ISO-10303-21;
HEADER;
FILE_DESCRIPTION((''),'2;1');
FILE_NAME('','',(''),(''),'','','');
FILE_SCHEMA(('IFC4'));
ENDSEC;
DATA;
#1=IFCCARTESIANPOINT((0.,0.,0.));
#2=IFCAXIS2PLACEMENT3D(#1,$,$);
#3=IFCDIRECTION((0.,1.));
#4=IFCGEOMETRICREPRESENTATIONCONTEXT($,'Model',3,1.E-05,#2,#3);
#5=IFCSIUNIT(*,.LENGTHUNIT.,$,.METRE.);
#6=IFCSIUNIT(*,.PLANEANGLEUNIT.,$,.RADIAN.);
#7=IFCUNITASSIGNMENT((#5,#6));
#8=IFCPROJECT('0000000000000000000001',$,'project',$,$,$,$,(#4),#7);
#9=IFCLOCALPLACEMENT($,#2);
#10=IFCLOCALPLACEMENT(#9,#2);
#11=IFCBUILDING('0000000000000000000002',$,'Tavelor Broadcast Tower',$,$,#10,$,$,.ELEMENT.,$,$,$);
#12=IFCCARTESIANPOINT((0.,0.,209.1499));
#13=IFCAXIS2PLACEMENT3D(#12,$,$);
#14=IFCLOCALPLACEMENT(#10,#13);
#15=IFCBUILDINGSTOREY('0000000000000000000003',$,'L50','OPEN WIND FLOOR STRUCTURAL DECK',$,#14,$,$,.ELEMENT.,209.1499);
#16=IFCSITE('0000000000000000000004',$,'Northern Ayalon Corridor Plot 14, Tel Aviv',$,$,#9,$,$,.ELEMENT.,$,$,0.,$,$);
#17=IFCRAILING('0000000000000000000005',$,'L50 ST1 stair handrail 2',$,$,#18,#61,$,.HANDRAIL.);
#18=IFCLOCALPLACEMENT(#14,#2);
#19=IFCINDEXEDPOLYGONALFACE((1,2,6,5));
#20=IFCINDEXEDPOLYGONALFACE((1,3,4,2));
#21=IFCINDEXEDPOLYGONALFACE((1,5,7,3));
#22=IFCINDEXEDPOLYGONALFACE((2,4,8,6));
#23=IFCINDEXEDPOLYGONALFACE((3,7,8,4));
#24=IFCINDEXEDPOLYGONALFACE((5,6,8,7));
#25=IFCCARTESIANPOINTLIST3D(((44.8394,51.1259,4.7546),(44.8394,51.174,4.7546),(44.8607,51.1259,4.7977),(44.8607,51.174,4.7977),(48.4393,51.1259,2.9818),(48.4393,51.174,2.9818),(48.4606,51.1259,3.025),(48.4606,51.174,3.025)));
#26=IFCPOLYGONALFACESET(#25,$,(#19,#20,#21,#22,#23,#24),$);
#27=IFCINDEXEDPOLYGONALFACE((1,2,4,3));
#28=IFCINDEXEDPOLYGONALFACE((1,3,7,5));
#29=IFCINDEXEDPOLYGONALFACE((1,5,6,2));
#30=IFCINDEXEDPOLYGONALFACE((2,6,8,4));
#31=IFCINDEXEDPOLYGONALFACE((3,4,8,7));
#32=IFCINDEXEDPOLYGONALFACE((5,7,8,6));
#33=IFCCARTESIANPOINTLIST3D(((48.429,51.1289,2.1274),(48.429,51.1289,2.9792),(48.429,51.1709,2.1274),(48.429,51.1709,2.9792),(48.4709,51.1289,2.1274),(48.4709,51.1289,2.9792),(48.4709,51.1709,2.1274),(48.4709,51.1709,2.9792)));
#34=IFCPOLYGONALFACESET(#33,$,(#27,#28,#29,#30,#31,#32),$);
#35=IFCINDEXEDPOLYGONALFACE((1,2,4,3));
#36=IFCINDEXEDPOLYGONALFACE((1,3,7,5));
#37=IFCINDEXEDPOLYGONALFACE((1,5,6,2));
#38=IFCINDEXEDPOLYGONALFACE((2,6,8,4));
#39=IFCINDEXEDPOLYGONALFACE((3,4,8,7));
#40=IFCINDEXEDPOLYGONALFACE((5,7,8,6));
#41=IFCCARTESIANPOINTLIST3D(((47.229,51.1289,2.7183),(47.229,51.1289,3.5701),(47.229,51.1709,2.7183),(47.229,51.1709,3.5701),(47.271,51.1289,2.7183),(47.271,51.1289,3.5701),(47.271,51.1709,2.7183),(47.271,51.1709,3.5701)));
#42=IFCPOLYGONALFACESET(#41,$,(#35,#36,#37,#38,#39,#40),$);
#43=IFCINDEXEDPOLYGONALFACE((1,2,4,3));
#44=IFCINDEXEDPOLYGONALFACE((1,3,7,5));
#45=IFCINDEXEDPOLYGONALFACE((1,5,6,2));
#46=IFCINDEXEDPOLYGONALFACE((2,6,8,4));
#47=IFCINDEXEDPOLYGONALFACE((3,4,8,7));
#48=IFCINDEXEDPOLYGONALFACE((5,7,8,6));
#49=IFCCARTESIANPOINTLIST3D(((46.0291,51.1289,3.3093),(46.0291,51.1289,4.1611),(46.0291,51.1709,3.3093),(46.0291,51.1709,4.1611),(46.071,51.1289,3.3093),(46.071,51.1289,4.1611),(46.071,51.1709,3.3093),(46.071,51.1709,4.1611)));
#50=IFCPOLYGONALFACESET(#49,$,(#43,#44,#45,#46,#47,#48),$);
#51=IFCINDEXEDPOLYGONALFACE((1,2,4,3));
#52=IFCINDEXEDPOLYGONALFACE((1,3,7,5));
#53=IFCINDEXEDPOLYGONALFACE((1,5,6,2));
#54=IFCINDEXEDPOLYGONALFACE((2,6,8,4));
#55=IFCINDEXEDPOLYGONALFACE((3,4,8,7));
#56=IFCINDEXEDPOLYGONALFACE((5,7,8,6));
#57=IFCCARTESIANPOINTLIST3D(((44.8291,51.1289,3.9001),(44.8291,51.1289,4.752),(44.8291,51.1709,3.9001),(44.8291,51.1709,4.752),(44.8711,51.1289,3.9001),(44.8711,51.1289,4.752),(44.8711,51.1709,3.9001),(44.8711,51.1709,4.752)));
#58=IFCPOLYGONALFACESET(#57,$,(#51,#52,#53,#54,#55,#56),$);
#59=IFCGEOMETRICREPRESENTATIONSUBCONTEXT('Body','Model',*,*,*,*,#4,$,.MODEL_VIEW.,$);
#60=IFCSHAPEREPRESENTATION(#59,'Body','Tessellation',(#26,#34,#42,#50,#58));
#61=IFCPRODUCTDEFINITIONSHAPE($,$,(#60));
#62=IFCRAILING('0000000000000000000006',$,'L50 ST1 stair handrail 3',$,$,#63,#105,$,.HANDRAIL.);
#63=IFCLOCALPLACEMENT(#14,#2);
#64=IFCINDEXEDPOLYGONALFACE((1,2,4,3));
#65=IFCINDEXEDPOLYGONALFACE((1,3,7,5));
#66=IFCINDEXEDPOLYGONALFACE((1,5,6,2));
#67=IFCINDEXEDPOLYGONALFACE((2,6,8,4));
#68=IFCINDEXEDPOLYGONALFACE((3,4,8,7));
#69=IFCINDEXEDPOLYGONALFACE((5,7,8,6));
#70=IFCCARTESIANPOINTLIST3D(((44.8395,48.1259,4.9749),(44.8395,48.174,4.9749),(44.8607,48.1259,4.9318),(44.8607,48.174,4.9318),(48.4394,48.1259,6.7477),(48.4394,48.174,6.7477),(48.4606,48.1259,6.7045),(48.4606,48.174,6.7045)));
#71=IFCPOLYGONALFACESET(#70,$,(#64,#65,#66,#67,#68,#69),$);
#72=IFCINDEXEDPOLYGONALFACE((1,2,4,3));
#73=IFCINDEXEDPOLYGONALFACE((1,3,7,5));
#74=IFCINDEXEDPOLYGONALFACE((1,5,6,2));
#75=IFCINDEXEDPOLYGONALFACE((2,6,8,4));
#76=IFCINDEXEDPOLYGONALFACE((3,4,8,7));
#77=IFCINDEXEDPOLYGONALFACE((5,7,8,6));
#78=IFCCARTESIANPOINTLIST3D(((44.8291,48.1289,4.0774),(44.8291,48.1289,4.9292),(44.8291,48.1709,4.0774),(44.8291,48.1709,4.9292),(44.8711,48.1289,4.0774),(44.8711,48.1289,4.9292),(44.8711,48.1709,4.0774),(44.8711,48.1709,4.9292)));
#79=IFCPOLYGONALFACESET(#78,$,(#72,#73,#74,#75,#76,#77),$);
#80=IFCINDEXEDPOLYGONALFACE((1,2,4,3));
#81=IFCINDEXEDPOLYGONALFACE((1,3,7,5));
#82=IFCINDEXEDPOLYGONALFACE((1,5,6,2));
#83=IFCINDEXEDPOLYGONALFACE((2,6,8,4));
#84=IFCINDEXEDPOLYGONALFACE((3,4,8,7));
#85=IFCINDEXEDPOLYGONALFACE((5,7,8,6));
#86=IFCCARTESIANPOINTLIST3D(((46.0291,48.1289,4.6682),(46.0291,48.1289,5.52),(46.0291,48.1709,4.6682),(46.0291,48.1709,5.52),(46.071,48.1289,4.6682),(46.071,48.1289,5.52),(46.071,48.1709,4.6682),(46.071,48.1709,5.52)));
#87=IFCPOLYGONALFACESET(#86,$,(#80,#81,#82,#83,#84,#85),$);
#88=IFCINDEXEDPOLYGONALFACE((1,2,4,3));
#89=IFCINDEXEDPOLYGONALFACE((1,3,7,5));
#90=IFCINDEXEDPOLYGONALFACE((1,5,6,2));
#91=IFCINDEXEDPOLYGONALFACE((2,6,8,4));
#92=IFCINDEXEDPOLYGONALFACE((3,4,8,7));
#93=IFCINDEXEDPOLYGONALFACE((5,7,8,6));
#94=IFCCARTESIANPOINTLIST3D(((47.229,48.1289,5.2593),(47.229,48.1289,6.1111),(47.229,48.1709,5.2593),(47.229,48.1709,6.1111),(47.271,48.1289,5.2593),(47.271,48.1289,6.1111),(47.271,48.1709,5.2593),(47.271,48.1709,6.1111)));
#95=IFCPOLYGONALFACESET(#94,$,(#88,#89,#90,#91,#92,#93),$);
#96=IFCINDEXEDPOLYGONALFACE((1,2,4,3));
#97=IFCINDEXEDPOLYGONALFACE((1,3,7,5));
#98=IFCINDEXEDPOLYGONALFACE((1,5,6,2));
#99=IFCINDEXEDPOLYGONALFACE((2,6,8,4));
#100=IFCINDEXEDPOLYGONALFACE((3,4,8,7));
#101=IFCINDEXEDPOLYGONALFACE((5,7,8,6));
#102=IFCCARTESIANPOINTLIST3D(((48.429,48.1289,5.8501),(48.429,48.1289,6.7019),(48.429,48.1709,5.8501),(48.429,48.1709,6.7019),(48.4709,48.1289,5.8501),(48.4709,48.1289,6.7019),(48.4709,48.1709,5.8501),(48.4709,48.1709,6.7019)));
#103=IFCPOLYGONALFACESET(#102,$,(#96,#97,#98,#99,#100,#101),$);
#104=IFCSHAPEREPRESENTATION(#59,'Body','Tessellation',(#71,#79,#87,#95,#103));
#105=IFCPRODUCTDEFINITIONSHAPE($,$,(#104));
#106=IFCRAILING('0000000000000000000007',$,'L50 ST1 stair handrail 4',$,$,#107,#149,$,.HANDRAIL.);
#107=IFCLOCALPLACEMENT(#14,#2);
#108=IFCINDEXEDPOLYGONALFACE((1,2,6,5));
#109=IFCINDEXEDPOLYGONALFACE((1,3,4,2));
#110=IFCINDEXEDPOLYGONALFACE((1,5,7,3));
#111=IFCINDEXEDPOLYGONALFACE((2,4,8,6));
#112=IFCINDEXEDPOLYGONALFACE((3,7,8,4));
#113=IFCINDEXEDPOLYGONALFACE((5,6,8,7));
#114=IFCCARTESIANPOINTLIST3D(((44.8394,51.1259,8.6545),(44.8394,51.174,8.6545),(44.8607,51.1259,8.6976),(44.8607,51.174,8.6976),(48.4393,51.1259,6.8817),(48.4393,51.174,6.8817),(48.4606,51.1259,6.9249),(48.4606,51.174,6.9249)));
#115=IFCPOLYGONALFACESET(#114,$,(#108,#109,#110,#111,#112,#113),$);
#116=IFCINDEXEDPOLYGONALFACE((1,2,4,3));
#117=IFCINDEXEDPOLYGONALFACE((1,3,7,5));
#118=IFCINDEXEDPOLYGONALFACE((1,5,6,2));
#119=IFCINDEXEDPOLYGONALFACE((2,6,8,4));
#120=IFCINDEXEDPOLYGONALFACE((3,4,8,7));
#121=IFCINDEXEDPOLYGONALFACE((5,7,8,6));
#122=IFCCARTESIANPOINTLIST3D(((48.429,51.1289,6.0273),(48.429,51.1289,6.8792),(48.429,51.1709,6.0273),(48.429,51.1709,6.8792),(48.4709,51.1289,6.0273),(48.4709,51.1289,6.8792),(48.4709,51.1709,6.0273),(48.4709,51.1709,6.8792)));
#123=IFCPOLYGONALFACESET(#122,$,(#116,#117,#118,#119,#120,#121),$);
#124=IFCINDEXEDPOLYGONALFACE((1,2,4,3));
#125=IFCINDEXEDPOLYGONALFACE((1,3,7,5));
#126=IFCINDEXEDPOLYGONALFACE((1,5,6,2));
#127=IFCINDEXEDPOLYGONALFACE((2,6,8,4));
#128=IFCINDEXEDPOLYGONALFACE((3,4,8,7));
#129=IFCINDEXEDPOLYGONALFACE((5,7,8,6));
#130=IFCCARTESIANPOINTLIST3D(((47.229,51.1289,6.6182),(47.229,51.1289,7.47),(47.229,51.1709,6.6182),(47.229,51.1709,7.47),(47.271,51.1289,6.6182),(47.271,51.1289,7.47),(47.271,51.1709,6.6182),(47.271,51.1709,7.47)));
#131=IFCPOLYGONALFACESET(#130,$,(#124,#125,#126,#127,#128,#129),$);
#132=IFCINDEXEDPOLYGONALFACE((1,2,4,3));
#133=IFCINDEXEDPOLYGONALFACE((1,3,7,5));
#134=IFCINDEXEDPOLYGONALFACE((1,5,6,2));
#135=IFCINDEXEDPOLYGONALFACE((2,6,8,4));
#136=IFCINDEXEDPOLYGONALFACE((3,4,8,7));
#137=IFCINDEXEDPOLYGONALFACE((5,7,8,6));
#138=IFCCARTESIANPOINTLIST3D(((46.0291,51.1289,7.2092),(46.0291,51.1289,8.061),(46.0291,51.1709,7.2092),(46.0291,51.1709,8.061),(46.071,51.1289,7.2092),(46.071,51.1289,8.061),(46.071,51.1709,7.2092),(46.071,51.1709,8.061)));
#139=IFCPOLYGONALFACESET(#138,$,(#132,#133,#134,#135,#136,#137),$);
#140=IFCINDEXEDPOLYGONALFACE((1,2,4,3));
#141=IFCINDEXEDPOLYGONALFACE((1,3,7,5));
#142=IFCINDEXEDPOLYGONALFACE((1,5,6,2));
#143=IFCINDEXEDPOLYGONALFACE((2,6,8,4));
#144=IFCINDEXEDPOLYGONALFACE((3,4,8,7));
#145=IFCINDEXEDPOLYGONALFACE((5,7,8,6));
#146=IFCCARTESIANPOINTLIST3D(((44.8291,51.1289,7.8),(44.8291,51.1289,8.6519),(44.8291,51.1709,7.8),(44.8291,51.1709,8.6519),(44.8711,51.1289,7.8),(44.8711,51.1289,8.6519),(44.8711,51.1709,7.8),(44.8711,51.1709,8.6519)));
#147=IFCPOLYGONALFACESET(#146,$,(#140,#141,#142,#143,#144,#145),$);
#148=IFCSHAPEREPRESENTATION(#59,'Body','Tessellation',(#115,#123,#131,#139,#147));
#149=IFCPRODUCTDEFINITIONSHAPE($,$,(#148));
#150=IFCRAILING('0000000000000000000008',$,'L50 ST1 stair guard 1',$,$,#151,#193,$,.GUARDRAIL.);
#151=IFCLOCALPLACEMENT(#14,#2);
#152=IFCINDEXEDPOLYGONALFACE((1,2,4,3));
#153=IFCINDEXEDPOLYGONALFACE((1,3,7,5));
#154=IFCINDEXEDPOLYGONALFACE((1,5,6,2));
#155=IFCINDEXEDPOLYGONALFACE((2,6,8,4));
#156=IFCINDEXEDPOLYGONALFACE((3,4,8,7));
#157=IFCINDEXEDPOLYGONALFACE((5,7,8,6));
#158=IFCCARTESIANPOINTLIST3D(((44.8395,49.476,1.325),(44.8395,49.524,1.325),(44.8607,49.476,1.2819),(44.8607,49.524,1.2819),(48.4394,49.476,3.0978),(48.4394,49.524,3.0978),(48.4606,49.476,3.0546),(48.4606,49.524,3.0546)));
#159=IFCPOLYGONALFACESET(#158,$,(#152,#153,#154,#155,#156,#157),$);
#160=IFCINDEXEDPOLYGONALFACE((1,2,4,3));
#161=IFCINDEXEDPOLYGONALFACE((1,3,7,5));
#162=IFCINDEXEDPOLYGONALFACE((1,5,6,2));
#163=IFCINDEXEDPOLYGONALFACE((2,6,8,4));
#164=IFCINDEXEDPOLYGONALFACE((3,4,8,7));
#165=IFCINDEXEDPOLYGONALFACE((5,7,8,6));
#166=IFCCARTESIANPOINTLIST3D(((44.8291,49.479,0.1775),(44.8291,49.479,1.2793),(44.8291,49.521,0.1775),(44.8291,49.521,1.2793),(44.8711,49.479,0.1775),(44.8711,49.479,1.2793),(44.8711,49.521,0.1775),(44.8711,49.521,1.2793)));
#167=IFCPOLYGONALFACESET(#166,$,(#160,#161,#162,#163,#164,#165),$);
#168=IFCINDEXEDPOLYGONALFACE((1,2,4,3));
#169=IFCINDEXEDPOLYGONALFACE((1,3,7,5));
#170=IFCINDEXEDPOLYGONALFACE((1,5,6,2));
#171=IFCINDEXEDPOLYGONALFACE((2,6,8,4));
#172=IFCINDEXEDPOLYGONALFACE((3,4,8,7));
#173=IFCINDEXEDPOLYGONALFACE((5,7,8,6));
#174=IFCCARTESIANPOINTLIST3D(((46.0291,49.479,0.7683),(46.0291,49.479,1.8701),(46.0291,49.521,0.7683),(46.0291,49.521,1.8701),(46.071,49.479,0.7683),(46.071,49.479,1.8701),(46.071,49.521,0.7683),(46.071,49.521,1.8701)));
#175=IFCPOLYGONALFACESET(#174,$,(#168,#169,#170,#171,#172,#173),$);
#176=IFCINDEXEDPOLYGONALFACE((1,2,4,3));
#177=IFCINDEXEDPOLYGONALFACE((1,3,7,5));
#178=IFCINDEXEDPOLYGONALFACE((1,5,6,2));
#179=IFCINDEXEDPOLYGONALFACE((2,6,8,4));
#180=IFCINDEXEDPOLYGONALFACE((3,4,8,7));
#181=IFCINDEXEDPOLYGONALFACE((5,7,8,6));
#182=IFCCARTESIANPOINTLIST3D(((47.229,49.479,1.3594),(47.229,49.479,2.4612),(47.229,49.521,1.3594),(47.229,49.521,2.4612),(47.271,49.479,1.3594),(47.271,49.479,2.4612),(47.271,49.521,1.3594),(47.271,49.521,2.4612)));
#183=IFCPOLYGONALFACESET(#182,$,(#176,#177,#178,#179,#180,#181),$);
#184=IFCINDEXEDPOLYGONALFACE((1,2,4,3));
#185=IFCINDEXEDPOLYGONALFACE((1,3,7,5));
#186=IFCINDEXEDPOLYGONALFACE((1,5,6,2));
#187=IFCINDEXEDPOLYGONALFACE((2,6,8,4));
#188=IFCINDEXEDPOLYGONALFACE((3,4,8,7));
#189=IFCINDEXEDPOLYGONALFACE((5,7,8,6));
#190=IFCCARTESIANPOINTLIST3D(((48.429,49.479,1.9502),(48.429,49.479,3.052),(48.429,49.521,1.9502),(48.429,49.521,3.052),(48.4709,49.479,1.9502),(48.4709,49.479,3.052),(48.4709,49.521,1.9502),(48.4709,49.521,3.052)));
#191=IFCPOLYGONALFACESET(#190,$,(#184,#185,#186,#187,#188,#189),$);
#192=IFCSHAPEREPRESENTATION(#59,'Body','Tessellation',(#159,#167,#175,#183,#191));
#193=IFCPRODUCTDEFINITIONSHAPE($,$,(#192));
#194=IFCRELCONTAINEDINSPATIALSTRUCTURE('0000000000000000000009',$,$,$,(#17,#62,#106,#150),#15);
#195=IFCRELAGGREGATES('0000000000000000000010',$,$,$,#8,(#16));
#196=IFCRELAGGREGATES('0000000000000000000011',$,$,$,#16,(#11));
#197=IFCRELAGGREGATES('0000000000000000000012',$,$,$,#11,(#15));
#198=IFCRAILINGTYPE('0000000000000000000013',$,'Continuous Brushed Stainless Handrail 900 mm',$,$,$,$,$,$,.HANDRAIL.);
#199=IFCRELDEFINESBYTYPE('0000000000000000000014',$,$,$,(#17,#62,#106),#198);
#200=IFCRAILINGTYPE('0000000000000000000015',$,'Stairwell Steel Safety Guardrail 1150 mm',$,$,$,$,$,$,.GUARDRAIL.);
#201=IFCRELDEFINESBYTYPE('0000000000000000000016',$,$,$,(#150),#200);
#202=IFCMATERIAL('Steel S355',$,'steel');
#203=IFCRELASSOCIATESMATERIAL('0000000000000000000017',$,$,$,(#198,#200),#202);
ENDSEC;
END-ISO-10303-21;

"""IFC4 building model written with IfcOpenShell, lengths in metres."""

from ifc_helpers import new_model, si_unit, direction, frame, origin, origin_2d, place, context, subcontext, project, spatial, rectangle, extrude, material, type_object, element, save


model = new_model("IFC4")

# Units and contexts
model_context = context("Model", 3, precision=1e-05, world=origin(), true_north=direction((0.0, 1.0)))
body_context = subcontext(model_context, "Body", "Model", "MODEL_VIEW")
ifc_project = project(units=[si_unit("LENGTHUNIT", "METRE"), si_unit("PLANEANGLEUNIT", "RADIAN")], contexts=[model_context])

# Site, building, storey
site_placement = place(None, origin())
site = spatial("IfcSite", under=ifc_project, at=site_placement, Name="Northern Ayalon Corridor Plot 14, Tel Aviv", CompositionType="ELEMENT", RefElevation=0.0)
building_placement = place(site_placement, origin())
building = spatial("IfcBuilding", under=site, at=building_placement, Name="Tavelor Broadcast Tower", CompositionType="ELEMENT")
storey_placement = place(building_placement, frame((0.0, 0.0, 209.1499)))
storey = spatial("IfcBuildingStorey", under=building, at=storey_placement, Name="L50", Description="OPEN WIND FLOOR STRUCTURAL DECK", CompositionType="ELEMENT", Elevation=209.1499)

# Shared definitions
ifc_material_1 = material(Name="Steel S355", Category="steel")

# Railings
railing_type_1 = type_object("IfcRailingType", Name="Continuous Brushed Stainless Handrail 900 mm", PredefinedType="HANDRAIL", material=ifc_material_1)
railing_1_placement = place(storey_placement, frame((48.45, 51.1499, 2.1274)))
element("IfcRailing", 1, at=railing_1_placement, inside=storey, type_object=railing_type_1, Name="L50 ST1 stair handrail 2", PredefinedType="HANDRAIL", context=body_context, shape_type="SweptSolid", body=[
    extrude(rectangle(XDim=0.0481, YDim=0.0481, at=origin_2d()), frame((0.0, 0.0, 0.876), z_axis=(-0.897124, 0.0, 0.441778), x_axis=(0.0, -1.0, 0.0)), (0.0, 0.0, 1.0), 4.0127),
    extrude(rectangle(XDim=0.042, YDim=0.042, at=origin_2d()), origin(), (0.0, 0.0, 1.0), 0.8518),
    extrude(rectangle(XDim=0.042, YDim=0.042, at=origin_2d()), frame((-1.2, 0.0, 0.5908)), (0.0, 0.0, 1.0), 0.8518),
    extrude(rectangle(XDim=0.042, YDim=0.042, at=origin_2d()), frame((-2.3999, 0.0, 1.1819)), (0.0, 0.0, 1.0), 0.8518),
    extrude(rectangle(XDim=0.042, YDim=0.042, at=origin_2d()), frame((-3.5999, 0.0, 1.7727)), (0.0, 0.0, 1.0), 0.8518),
])
railing_2_placement = place(storey_placement, frame((44.8501, 48.1499, 4.0774)))
element("IfcRailing", 2, at=railing_2_placement, inside=storey, type_object=railing_type_1, Name="L50 ST1 stair handrail 3", PredefinedType="HANDRAIL", context=body_context, shape_type="SweptSolid", body=[
    extrude(rectangle(XDim=0.0481, YDim=0.0481, at=origin_2d()), frame((0.0, 0.0, 0.876), z_axis=(0.897124, 0.0, 0.441778), x_axis=(0.0, 1.0, 0.0)), (0.0, 0.0, 1.0), 4.0127),
    extrude(rectangle(XDim=0.042, YDim=0.042, at=origin_2d()), origin(), (0.0, 0.0, 1.0), 0.8518),
    extrude(rectangle(XDim=0.042, YDim=0.042, at=origin_2d()), frame((1.2, 0.0, 0.5908)), (0.0, 0.0, 1.0), 0.8518),
    extrude(rectangle(XDim=0.042, YDim=0.042, at=origin_2d()), frame((2.3999, 0.0, 1.1819)), (0.0, 0.0, 1.0), 0.8518),
    extrude(rectangle(XDim=0.042, YDim=0.042, at=origin_2d()), frame((3.5999, 0.0, 1.7727)), (0.0, 0.0, 1.0), 0.8518),
])
railing_3_placement = place(storey_placement, frame((48.45, 51.1499, 6.0273)))
element("IfcRailing", 3, at=railing_3_placement, inside=storey, type_object=railing_type_1, Name="L50 ST1 stair handrail 4", PredefinedType="HANDRAIL", context=body_context, shape_type="SweptSolid", body=[
    extrude(rectangle(XDim=0.0481, YDim=0.0481, at=origin_2d()), frame((0.0, 0.0, 0.876), z_axis=(-0.897124, 0.0, 0.441778), x_axis=(0.0, -1.0, 0.0)), (0.0, 0.0, 1.0), 4.0127),
    extrude(rectangle(XDim=0.042, YDim=0.042, at=origin_2d()), origin(), (0.0, 0.0, 1.0), 0.8518),
    extrude(rectangle(XDim=0.042, YDim=0.042, at=origin_2d()), frame((-1.2, 0.0, 0.5908)), (0.0, 0.0, 1.0), 0.8518),
    extrude(rectangle(XDim=0.042, YDim=0.042, at=origin_2d()), frame((-2.3999, 0.0, 1.1819)), (0.0, 0.0, 1.0), 0.8518),
    extrude(rectangle(XDim=0.042, YDim=0.042, at=origin_2d()), frame((-3.5999, 0.0, 1.7727)), (0.0, 0.0, 1.0), 0.8518),
])
railing_type_2 = type_object("IfcRailingType", Name="Stairwell Steel Safety Guardrail 1150 mm", PredefinedType="GUARDRAIL", material=ifc_material_1)
railing_4_placement = place(storey_placement, frame((44.8501, 49.5, 0.1775)))
element("IfcRailing", 4, at=railing_4_placement, inside=storey, type_object=railing_type_2, Name="L50 ST1 stair guard 1", PredefinedType="GUARDRAIL", context=body_context, shape_type="SweptSolid", body=[
    extrude(rectangle(XDim=0.0481, YDim=0.0481, at=origin_2d()), frame((0.0, 0.0, 1.126), z_axis=(0.897124, 0.0, 0.441778), x_axis=(0.0, 1.0, 0.0)), (0.0, 0.0, 1.0), 4.0127),
    extrude(rectangle(XDim=0.042, YDim=0.042, at=origin_2d()), origin(), (0.0, 0.0, 1.0), 1.1018),
    extrude(rectangle(XDim=0.042, YDim=0.042, at=origin_2d()), frame((1.2, 0.0, 0.5908)), (0.0, 0.0, 1.0), 1.1018),
    extrude(rectangle(XDim=0.042, YDim=0.042, at=origin_2d()), frame((2.3999, 0.0, 1.1819)), (0.0, 0.0, 1.0), 1.1018),
    extrude(rectangle(XDim=0.042, YDim=0.042, at=origin_2d()), frame((3.5999, 0.0, 1.7727)), (0.0, 0.0, 1.0), 1.1018),
])

save(model, "model.ifc")
